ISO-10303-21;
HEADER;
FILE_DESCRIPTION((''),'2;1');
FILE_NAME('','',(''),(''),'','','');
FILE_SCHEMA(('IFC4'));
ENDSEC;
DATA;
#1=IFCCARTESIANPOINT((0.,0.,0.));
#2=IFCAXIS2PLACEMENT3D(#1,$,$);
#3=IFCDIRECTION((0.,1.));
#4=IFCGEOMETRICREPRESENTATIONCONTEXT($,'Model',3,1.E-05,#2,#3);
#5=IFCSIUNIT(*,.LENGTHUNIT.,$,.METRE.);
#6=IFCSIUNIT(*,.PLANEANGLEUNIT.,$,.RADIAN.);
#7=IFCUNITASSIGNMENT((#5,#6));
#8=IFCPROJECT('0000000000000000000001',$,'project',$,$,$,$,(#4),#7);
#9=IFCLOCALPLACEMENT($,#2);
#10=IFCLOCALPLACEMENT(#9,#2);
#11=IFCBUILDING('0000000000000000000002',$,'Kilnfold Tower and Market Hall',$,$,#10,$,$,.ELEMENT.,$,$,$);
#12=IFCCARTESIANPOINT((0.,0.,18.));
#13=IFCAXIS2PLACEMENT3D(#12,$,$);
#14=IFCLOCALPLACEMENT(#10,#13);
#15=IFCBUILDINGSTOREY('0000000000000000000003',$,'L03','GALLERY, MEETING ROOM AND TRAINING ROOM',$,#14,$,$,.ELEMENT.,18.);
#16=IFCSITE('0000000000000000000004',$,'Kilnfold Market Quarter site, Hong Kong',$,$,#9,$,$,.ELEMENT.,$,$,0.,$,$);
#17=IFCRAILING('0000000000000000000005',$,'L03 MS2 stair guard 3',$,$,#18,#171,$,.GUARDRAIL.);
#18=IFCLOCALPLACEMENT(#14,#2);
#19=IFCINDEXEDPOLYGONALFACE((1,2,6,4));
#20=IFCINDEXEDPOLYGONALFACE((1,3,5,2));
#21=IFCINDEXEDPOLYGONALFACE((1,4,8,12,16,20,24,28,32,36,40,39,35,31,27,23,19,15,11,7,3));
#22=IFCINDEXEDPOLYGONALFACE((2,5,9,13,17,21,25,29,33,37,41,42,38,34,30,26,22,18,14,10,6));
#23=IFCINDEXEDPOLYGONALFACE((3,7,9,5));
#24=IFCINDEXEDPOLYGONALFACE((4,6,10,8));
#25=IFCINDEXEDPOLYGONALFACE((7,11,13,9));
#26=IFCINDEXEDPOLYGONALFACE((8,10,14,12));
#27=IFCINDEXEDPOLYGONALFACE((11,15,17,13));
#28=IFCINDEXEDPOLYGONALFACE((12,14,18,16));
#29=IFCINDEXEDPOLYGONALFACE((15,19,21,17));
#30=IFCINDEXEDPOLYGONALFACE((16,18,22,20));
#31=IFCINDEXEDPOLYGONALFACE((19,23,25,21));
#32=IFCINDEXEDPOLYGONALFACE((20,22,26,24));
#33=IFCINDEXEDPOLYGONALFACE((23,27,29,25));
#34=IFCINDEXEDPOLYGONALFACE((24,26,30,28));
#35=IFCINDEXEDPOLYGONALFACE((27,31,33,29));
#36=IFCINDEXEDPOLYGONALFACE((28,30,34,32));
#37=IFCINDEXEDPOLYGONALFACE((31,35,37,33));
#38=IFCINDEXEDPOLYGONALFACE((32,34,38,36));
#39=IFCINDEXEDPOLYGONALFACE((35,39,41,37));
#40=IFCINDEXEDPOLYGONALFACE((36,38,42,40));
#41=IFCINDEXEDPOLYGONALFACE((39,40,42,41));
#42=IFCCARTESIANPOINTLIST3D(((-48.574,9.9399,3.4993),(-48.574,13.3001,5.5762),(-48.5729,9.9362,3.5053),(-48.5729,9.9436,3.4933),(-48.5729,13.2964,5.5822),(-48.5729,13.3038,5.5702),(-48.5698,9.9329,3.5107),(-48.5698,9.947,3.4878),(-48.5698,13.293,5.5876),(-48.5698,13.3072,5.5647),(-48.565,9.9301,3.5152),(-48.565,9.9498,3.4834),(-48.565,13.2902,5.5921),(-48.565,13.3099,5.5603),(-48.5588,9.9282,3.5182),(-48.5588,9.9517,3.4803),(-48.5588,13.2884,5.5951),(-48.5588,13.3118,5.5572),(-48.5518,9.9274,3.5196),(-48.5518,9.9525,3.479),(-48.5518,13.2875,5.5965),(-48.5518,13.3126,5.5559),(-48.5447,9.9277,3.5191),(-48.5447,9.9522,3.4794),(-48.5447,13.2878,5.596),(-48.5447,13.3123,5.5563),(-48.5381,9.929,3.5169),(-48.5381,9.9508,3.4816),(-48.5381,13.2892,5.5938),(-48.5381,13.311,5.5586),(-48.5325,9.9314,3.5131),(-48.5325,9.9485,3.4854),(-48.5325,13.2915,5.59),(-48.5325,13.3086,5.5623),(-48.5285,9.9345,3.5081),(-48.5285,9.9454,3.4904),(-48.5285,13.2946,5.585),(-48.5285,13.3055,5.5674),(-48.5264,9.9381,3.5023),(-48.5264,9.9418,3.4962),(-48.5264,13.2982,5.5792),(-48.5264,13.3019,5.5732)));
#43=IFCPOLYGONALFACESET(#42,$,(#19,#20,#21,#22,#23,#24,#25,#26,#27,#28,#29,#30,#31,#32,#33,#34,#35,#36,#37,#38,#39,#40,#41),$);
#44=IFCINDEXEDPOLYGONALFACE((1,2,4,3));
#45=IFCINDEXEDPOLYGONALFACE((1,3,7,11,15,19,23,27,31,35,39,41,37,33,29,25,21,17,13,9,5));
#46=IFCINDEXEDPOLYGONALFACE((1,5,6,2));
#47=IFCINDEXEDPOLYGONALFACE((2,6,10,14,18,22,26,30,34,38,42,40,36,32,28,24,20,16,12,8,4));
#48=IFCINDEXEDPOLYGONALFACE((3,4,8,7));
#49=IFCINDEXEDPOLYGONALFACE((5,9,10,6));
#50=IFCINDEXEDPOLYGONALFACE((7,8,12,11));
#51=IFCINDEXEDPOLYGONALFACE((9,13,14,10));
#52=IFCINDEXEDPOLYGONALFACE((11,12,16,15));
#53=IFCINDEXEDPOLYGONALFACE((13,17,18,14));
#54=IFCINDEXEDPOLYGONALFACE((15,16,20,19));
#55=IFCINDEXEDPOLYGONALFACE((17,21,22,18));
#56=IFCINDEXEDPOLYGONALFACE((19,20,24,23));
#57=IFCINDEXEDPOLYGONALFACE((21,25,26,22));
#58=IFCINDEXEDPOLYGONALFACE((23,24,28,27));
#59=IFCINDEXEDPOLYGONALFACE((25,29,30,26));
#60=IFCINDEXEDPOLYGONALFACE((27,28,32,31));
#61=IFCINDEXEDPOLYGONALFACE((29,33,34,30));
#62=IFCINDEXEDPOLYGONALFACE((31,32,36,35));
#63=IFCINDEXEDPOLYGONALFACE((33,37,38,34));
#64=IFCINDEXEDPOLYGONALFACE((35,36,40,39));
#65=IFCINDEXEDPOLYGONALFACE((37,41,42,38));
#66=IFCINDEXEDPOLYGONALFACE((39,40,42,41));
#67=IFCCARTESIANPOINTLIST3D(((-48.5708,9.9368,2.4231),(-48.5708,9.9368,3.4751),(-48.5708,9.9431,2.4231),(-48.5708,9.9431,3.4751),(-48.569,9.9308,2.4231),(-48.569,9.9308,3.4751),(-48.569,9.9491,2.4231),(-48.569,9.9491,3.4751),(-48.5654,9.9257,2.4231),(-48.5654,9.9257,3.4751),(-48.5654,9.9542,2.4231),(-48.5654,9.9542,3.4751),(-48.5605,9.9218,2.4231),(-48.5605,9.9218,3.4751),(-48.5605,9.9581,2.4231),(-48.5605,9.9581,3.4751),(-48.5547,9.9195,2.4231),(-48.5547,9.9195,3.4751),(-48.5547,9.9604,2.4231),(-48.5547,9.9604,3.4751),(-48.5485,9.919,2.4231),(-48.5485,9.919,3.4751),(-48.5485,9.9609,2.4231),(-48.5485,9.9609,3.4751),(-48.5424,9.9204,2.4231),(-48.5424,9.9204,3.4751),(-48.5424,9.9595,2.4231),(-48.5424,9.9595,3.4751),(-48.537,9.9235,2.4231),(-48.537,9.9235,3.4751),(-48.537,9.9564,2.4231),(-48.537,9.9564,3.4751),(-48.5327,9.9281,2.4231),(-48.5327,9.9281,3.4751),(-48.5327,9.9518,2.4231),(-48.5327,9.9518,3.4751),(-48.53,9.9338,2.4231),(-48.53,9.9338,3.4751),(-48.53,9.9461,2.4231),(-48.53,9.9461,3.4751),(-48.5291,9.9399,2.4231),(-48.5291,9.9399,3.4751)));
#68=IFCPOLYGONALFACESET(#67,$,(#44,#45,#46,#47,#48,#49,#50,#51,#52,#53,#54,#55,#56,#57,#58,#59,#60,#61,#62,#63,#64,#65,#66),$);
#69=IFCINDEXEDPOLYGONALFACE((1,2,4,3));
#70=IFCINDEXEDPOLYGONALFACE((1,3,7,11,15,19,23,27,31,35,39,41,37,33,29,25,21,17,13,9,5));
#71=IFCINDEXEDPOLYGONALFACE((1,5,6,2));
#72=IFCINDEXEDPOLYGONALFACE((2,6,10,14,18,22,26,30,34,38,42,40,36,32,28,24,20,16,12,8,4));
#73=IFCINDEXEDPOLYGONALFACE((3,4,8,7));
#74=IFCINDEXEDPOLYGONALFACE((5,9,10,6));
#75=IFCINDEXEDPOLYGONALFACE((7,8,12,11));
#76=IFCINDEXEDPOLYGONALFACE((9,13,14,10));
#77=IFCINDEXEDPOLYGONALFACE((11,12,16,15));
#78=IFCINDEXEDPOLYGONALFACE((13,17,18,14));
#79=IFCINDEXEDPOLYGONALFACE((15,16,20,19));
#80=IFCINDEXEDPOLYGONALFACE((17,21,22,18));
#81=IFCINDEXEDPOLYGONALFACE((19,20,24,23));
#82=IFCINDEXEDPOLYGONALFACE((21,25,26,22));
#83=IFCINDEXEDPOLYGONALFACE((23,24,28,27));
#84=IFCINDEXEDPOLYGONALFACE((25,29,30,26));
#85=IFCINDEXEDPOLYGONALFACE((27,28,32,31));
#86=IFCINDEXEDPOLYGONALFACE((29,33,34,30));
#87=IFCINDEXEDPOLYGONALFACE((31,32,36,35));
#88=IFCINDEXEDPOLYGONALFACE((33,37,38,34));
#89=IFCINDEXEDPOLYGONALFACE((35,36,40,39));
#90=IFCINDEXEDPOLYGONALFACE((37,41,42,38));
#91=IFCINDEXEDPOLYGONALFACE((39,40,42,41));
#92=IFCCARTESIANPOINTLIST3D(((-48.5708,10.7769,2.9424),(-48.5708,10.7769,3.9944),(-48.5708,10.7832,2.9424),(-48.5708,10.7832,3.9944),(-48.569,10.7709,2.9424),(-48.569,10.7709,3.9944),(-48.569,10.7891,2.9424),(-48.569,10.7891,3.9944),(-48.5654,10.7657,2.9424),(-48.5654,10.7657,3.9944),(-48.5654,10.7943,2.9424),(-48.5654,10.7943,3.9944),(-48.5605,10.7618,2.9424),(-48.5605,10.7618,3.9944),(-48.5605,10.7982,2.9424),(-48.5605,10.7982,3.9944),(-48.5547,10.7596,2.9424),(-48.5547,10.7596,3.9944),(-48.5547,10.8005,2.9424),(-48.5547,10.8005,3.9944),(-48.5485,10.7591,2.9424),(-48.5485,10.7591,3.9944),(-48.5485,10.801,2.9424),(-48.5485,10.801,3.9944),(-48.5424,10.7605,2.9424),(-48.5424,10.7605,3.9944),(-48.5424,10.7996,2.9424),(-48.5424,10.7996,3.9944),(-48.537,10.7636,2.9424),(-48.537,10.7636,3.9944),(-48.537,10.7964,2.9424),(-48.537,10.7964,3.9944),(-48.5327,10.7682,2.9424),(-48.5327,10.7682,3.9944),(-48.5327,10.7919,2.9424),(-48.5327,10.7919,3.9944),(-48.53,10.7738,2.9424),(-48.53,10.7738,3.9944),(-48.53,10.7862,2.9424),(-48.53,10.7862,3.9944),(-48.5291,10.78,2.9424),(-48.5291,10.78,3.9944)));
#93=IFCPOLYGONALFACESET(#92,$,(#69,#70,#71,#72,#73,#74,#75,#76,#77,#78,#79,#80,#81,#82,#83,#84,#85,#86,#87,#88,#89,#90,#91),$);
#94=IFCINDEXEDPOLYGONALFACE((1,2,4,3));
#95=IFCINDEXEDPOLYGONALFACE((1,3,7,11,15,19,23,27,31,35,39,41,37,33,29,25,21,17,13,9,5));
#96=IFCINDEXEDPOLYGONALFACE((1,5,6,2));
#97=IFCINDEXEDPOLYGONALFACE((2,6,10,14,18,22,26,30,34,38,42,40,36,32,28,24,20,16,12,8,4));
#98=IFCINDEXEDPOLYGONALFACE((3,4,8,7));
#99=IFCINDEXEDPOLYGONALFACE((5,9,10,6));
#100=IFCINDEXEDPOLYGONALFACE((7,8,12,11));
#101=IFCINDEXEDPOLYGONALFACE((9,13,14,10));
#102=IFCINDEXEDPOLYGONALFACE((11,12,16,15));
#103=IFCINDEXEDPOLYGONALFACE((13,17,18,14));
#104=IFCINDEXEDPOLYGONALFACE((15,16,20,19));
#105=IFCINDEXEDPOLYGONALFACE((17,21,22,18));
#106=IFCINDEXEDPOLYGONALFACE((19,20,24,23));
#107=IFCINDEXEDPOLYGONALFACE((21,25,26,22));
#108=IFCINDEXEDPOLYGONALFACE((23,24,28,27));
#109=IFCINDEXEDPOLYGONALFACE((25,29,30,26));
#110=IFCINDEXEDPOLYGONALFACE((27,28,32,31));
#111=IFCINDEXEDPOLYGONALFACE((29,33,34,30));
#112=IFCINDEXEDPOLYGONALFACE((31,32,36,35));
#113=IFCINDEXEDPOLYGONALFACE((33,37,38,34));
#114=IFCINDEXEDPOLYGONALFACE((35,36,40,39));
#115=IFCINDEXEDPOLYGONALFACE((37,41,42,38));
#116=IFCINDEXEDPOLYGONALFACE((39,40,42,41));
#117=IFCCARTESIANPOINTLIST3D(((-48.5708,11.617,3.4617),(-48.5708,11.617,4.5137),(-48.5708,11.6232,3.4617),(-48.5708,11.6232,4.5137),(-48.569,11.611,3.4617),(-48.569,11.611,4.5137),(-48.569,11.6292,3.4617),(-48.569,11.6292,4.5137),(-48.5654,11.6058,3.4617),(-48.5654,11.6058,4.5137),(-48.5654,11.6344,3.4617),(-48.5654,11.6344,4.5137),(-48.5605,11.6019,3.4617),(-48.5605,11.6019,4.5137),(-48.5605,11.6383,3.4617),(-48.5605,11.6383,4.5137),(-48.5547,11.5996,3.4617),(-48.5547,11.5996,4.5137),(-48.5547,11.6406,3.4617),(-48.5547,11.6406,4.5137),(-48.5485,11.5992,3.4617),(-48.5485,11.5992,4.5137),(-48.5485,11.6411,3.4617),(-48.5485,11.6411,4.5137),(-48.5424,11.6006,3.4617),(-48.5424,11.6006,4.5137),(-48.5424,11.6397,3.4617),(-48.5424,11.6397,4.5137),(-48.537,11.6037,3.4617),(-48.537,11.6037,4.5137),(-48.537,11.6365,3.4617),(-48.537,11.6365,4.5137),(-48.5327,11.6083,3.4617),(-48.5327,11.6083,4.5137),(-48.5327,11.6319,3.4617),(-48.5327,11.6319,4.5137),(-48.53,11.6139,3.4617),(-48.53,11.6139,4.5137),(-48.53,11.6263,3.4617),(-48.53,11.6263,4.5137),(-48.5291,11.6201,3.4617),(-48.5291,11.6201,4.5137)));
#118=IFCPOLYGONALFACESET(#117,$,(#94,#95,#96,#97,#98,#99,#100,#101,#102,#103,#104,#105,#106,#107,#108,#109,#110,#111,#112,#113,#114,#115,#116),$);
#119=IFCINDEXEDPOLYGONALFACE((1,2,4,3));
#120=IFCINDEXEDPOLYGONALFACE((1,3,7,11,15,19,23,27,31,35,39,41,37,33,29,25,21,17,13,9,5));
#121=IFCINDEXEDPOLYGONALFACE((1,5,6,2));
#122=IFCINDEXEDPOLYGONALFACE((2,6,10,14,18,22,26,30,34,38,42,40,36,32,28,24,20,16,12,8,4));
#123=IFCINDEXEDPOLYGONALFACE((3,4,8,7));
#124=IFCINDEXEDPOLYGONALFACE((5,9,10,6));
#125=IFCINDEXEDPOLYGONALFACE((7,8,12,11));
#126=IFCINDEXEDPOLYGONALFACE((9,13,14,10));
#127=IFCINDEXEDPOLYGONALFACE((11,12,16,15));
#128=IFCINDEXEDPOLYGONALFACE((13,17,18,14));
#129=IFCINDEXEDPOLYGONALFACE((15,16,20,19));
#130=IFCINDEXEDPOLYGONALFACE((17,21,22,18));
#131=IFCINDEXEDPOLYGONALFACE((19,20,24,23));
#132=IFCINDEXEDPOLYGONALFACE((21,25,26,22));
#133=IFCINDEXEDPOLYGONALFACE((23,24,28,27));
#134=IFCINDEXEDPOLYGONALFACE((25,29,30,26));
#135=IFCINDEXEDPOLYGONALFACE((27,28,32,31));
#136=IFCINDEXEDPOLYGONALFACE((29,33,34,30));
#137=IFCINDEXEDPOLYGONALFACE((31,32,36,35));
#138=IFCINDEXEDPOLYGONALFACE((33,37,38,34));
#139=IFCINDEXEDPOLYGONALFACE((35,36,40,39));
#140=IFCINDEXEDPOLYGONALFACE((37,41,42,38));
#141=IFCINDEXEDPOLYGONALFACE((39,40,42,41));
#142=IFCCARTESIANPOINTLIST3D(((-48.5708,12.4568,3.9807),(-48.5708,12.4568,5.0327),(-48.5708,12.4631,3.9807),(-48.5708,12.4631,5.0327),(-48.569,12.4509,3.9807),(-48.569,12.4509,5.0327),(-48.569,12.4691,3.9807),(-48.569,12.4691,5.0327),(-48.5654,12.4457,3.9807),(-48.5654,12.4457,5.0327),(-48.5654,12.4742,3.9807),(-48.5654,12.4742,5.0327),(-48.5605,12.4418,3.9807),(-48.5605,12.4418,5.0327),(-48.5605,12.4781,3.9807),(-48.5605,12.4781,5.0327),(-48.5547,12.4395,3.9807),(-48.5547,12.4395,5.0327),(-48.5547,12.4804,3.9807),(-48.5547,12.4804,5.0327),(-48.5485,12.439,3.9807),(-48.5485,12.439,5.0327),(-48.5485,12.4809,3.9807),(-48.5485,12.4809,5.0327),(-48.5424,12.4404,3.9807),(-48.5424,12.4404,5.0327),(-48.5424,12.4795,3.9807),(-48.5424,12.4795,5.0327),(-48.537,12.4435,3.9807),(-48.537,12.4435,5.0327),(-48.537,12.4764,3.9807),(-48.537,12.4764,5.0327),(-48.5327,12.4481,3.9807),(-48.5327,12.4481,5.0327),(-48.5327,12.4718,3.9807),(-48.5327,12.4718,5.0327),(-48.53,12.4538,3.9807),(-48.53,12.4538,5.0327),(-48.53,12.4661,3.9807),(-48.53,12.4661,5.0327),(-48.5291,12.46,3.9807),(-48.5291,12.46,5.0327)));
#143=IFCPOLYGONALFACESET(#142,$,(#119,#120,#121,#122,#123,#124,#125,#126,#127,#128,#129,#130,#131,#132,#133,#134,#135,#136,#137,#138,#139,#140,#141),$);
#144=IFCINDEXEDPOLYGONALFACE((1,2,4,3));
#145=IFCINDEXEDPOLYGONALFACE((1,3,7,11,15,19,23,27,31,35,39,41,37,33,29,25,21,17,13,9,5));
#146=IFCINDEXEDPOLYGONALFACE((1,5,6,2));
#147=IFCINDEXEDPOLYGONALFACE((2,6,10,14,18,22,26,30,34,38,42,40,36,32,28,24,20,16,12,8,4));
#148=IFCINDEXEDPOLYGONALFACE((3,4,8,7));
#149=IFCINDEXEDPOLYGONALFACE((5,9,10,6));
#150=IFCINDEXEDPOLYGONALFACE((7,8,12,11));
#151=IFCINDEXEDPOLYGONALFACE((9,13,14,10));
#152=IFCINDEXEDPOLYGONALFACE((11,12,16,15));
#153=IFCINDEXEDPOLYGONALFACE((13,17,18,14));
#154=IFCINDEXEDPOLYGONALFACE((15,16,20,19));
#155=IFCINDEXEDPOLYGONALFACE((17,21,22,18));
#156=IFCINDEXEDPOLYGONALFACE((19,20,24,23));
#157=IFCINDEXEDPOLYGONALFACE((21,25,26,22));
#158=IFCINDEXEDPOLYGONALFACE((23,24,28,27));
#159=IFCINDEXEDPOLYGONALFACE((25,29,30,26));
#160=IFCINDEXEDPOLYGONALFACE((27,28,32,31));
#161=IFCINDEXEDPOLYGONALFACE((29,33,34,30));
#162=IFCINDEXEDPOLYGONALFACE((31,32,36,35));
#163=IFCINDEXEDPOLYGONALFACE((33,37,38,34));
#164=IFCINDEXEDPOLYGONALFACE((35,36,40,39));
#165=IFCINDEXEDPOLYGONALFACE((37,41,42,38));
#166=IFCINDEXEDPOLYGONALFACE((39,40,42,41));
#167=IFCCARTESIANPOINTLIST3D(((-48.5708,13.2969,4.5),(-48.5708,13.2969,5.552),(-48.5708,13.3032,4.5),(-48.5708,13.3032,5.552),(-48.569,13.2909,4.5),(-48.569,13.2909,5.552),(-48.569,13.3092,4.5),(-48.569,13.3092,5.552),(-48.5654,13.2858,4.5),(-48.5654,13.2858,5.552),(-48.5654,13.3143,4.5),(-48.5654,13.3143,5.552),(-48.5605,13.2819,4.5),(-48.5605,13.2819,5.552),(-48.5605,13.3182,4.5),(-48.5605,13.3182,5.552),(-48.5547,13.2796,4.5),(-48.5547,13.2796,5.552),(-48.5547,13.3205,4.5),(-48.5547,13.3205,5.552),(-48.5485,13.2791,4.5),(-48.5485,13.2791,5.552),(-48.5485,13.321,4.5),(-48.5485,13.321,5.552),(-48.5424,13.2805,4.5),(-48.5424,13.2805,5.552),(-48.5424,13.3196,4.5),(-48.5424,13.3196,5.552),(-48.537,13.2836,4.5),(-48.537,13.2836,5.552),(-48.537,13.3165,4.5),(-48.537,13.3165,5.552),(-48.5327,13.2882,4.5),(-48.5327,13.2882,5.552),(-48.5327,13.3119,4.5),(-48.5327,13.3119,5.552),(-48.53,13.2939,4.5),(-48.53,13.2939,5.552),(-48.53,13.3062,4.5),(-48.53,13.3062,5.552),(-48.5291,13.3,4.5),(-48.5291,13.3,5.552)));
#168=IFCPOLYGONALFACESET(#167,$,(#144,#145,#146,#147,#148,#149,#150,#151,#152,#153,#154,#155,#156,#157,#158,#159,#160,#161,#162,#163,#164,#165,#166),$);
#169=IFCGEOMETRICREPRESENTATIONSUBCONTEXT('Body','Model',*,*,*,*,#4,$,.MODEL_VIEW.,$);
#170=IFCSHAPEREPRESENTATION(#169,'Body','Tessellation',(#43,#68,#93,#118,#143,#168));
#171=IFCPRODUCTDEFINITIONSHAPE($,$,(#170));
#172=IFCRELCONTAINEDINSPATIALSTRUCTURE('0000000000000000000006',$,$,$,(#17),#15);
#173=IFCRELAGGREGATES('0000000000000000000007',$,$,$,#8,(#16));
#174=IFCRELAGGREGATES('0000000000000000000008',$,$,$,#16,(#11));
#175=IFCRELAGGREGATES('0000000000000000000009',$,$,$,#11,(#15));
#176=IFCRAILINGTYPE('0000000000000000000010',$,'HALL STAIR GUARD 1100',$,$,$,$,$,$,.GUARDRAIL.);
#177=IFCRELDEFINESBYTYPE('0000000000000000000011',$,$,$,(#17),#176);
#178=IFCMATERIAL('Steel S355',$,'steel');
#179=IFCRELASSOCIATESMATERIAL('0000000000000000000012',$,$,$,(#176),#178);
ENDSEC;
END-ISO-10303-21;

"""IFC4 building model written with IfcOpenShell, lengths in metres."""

from ifc_helpers import new_model, si_unit, direction, frame, origin, origin_2d, place, context, subcontext, project, spatial, circle, extrude, material, type_object, element, save


model = new_model("IFC4")

# Units and contexts
model_context = context("Model", 3, precision=1e-05, world=origin(), true_north=direction((0.0, 1.0)))
body_context = subcontext(model_context, "Body", "Model", "MODEL_VIEW")
ifc_project = project(units=[si_unit("LENGTHUNIT", "METRE"), si_unit("PLANEANGLEUNIT", "RADIAN")], contexts=[model_context])

# Site, building, storey
site_placement = place(None, origin())
site = spatial("IfcSite", under=ifc_project, at=site_placement, Name="Kilnfold Market Quarter site, Hong Kong", CompositionType="ELEMENT", RefElevation=0.0)
building_placement = place(site_placement, origin())
building = spatial("IfcBuilding", under=site, at=building_placement, Name="Kilnfold Tower and Market Hall", CompositionType="ELEMENT")
storey_placement = place(building_placement, frame((0.0, 0.0, 18.0)))
storey = spatial("IfcBuildingStorey", under=building, at=storey_placement, Name="L03", Description="GALLERY, MEETING ROOM AND TRAINING ROOM", CompositionType="ELEMENT", Elevation=18.0)

# Railing
ifc_material_1 = material(Name="Steel S355", Category="steel")
railing_type_1 = type_object("IfcRailingType", Name="HALL STAIR GUARD 1100", PredefinedType="GUARDRAIL", material=ifc_material_1)
railing_1_placement = place(storey_placement, frame((-48.55, 9.9399, 2.4231)))
element("IfcRailing", 1, at=railing_1_placement, inside=storey, type_object=railing_type_1, Name="L03 MS2 stair guard 3", PredefinedType="GUARDRAIL", context=body_context, shape_type="SweptSolid", body=[
    extrude(circle(Radius=0.0239, at=origin_2d()), frame((0.0, 0.0, 1.0762), z_axis=(0.0, 0.850623, 0.525776), x_axis=(-1.0, 0.0, 0.0)), (0.0, 0.0, 1.0), 3.9502),
    extrude(circle(Radius=0.021, at=origin_2d()), origin(), (0.0, 0.0, 1.0), 1.052),
    extrude(circle(Radius=0.021, at=origin_2d()), frame((0.0, 0.8401, 0.5193)), (0.0, 0.0, 1.0), 1.052),
    extrude(circle(Radius=0.021, at=origin_2d()), frame((0.0, 1.6802, 1.0386)), (0.0, 0.0, 1.0), 1.052),
    extrude(circle(Radius=0.021, at=origin_2d()), frame((0.0, 2.52, 1.5576)), (0.0, 0.0, 1.0), 1.052),
    extrude(circle(Radius=0.021, at=origin_2d()), frame((0.0, 3.3601, 2.0769)), (0.0, 0.0, 1.0), 1.052),
])

save(model, "model.ifc")
